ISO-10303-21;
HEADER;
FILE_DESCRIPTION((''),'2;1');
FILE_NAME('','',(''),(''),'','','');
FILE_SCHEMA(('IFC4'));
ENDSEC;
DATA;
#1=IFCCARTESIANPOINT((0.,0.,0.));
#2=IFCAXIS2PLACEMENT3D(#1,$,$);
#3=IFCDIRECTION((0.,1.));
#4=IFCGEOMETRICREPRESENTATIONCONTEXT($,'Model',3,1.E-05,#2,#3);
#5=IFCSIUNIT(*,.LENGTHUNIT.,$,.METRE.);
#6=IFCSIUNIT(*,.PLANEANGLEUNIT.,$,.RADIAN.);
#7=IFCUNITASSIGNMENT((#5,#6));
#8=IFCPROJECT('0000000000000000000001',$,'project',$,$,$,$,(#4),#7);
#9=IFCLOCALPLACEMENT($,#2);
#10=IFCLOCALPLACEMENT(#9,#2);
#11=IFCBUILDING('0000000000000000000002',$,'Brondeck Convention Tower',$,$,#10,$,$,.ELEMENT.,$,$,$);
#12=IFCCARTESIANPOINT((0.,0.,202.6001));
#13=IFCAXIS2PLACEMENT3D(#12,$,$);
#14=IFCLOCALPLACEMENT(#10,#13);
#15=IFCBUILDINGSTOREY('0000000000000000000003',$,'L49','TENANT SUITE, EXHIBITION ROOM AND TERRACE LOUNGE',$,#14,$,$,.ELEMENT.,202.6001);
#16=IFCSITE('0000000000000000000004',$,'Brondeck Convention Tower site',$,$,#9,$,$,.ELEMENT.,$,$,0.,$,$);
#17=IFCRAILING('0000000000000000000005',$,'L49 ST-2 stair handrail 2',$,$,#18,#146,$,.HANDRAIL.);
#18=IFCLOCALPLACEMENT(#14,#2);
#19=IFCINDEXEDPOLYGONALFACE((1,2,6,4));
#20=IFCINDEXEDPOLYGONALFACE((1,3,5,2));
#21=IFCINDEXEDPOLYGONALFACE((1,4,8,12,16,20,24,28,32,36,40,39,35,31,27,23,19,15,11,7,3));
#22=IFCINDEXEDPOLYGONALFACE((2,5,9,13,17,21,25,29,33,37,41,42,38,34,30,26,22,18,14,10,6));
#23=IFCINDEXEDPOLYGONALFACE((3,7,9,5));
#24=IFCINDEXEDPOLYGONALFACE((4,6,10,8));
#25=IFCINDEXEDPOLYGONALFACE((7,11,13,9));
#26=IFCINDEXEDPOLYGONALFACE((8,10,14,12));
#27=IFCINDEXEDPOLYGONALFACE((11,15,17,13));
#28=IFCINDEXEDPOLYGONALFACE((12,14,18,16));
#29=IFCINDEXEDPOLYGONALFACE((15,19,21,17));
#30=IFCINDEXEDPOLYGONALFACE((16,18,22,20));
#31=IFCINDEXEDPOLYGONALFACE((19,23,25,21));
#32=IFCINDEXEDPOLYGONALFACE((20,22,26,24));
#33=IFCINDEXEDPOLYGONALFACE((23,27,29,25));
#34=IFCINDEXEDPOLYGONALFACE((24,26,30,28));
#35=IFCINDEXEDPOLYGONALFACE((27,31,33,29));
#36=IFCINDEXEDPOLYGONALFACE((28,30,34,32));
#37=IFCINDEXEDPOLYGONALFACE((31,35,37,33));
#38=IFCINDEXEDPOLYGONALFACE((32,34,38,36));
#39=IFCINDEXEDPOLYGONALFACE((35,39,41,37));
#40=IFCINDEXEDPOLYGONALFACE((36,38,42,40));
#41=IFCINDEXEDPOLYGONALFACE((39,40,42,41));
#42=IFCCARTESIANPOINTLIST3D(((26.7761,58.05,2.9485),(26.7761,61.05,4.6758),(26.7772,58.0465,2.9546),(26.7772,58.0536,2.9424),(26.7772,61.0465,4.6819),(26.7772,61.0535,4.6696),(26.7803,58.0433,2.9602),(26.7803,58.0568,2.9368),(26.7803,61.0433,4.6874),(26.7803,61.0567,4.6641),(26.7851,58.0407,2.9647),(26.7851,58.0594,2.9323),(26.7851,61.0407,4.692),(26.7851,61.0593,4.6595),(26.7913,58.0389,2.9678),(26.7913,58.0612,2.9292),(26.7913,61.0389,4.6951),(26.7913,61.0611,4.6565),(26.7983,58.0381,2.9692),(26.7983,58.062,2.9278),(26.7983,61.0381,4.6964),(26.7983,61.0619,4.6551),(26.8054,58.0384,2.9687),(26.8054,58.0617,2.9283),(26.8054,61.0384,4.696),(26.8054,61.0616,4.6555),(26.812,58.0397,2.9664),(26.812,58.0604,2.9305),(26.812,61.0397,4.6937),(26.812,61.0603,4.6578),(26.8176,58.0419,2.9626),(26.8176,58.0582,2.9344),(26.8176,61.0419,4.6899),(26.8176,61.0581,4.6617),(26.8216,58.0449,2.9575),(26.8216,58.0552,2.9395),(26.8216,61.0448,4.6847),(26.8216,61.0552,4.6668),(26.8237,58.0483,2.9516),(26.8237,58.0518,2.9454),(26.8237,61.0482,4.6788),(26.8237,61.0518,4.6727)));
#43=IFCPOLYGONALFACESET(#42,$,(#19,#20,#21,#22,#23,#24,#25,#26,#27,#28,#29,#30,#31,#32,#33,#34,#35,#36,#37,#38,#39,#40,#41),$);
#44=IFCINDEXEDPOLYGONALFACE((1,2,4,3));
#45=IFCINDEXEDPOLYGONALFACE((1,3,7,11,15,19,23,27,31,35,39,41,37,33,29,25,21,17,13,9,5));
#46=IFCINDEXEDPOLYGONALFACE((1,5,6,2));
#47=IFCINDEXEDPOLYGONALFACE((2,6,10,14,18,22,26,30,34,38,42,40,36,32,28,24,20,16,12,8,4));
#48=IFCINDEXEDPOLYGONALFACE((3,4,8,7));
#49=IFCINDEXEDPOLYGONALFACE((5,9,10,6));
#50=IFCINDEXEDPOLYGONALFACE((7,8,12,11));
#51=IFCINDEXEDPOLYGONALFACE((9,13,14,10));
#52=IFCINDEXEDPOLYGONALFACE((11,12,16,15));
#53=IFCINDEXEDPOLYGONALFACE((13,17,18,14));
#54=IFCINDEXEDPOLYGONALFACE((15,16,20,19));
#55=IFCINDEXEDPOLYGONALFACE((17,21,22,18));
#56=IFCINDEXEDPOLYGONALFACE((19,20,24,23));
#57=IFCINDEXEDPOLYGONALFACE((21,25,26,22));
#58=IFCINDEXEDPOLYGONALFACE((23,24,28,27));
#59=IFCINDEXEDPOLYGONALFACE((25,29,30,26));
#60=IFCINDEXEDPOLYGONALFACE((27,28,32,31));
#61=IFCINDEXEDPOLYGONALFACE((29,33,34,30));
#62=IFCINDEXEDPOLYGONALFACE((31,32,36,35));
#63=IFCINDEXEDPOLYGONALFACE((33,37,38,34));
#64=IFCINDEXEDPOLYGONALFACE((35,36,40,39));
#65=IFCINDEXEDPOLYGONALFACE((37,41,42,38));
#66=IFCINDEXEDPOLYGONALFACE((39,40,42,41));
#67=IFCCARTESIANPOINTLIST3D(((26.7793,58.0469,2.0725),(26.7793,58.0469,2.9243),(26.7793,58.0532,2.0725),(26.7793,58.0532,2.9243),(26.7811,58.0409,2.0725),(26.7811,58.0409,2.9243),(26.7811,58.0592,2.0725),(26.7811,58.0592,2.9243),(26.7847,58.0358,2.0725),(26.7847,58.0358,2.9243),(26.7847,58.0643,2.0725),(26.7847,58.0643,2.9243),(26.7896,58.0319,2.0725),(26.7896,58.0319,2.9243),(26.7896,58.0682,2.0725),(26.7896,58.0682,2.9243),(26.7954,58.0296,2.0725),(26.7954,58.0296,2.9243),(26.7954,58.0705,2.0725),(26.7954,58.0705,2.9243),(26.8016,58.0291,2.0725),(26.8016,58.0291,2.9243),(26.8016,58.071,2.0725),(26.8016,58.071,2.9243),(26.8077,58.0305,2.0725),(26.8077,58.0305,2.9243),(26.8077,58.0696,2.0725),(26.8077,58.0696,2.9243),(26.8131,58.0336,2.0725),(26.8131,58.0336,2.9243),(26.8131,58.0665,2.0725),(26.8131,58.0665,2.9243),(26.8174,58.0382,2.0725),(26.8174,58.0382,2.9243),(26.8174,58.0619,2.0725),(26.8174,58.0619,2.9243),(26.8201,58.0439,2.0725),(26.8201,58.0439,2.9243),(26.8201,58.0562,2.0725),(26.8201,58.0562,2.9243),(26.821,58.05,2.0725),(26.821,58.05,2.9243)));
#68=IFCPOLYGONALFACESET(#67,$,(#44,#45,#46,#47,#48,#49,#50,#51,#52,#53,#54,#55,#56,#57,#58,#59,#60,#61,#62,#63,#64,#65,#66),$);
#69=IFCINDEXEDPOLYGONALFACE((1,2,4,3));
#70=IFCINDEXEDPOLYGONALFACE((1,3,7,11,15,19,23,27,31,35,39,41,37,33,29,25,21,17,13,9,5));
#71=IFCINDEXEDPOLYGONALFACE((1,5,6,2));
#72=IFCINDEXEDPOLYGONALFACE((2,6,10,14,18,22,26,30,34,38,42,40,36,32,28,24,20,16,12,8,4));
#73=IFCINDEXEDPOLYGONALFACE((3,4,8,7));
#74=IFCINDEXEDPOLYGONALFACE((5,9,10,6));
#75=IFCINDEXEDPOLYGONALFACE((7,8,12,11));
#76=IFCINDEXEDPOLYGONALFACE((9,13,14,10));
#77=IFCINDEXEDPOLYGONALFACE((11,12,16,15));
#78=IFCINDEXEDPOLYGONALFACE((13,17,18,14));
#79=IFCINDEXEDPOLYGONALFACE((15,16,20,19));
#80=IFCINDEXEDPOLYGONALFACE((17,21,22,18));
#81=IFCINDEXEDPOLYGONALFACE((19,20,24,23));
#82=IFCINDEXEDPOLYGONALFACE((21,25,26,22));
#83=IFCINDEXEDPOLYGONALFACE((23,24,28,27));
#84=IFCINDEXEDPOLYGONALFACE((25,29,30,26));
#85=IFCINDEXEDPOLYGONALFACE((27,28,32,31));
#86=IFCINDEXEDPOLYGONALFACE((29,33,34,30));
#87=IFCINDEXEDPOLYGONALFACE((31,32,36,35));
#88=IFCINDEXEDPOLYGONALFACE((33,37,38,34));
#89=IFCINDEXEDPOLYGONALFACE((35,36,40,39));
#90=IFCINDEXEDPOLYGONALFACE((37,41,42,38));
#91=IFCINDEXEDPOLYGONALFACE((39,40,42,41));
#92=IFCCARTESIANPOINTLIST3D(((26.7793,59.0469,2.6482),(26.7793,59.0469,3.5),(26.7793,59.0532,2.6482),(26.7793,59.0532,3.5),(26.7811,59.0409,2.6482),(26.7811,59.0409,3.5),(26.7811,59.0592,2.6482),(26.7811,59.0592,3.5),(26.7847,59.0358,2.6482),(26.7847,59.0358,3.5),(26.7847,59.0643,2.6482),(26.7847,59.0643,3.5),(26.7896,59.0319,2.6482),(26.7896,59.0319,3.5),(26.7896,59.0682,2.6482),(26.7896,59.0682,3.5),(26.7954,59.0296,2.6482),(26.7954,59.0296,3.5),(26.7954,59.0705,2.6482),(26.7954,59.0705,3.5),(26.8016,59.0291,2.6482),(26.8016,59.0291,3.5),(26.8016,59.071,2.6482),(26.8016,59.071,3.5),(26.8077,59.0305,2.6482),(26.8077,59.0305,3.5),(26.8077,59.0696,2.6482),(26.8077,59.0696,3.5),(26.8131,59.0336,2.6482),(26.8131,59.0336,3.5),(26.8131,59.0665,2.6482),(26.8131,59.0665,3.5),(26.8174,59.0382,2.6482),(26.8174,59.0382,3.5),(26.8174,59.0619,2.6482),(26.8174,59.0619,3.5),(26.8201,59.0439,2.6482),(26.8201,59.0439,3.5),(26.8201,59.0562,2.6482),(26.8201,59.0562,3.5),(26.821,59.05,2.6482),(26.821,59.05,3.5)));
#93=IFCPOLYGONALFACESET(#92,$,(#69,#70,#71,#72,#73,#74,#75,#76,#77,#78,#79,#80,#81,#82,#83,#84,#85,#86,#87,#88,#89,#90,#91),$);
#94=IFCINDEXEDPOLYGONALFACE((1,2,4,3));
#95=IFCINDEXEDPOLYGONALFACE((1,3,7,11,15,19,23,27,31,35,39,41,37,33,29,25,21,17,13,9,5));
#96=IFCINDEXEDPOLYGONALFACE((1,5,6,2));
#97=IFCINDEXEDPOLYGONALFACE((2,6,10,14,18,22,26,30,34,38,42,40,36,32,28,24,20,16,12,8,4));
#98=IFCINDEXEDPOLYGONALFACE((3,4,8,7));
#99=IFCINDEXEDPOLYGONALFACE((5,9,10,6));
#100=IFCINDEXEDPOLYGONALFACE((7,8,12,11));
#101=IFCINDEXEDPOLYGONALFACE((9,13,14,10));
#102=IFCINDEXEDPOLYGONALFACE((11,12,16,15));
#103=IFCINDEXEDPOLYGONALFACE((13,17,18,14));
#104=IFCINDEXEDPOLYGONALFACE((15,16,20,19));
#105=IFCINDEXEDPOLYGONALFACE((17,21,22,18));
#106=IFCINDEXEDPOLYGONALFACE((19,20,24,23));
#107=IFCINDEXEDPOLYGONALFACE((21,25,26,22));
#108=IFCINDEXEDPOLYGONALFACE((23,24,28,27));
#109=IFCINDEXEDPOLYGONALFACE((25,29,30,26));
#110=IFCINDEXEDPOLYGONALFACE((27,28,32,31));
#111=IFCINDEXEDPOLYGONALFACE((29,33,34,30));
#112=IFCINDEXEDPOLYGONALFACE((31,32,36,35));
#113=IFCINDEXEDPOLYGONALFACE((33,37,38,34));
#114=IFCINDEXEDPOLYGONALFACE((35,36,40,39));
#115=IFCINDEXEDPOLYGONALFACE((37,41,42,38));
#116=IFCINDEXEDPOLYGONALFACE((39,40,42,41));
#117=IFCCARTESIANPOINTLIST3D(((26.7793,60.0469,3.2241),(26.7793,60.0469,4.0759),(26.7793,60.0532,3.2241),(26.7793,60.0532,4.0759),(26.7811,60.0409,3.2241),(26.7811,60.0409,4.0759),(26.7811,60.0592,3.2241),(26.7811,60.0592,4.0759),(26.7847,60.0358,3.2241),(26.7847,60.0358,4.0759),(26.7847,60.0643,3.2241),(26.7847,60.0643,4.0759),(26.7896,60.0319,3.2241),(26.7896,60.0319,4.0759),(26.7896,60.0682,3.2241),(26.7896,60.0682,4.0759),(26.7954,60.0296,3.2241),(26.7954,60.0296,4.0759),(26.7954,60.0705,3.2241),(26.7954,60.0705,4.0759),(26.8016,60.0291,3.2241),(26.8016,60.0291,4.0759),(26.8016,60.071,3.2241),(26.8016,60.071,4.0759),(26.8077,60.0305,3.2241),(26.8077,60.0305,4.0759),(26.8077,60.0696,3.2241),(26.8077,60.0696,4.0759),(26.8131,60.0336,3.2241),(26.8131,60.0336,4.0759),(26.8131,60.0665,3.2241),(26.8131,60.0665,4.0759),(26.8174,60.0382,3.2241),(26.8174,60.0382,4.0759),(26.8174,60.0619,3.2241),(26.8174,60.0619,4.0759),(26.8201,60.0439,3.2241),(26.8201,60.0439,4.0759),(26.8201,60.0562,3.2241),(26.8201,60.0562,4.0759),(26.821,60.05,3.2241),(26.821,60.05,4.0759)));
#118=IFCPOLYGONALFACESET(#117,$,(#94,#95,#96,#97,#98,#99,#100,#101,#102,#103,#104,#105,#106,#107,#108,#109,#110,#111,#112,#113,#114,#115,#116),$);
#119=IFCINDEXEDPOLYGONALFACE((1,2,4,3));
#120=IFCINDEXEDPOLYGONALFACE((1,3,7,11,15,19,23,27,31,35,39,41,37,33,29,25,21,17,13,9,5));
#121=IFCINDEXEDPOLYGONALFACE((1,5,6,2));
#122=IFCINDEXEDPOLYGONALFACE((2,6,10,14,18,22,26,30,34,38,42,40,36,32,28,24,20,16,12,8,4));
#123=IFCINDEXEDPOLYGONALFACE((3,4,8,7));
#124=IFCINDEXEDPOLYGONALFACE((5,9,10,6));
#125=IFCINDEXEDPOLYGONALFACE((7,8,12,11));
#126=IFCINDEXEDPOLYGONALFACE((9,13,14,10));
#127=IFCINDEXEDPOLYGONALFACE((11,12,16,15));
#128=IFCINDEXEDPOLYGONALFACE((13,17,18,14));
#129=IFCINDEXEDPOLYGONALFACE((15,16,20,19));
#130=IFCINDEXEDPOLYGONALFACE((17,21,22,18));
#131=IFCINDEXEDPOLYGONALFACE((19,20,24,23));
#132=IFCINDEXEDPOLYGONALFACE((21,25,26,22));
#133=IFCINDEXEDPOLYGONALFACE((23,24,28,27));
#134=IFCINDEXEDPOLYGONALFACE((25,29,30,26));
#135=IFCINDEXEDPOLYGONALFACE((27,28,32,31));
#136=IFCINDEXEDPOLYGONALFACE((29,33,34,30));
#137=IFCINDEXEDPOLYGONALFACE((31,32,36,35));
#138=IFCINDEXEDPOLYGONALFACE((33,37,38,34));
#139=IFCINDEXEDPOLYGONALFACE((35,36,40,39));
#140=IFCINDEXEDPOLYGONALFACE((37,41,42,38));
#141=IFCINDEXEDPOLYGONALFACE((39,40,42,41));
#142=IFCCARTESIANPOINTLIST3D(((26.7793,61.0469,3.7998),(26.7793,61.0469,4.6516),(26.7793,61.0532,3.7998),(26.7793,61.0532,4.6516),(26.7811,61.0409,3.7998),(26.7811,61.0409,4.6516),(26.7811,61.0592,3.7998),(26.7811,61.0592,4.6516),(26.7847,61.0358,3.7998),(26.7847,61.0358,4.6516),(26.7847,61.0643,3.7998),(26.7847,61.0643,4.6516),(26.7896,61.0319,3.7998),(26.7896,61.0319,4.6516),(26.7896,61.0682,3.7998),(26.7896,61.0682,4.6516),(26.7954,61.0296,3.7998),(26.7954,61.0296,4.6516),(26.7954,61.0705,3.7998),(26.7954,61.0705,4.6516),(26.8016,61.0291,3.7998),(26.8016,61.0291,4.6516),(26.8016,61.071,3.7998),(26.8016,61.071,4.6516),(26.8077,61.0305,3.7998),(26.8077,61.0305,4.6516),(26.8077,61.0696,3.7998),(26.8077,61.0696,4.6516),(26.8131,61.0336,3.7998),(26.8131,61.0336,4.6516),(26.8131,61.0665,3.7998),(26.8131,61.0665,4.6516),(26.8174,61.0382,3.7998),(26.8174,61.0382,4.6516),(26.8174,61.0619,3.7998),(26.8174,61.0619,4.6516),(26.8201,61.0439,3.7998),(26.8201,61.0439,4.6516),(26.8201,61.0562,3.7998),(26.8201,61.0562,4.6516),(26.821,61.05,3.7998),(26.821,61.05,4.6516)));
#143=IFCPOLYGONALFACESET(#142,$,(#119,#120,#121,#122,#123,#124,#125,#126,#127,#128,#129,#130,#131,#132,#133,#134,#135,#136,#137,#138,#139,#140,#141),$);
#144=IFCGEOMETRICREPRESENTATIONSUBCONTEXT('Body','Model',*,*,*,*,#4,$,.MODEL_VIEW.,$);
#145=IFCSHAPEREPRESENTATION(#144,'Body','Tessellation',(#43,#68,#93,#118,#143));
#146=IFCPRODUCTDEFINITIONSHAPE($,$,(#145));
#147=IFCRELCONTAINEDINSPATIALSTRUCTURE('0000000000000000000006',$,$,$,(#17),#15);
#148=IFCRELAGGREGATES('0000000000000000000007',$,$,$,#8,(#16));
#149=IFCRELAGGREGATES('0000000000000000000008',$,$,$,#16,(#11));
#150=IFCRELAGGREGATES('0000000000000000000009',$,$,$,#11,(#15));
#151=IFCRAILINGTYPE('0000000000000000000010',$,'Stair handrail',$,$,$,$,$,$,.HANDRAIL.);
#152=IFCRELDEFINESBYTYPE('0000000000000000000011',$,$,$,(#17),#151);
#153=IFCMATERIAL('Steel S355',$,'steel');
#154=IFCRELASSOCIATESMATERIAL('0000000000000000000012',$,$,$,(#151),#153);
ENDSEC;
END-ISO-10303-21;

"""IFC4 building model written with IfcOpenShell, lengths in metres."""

from ifc_helpers import new_model, si_unit, direction, frame, origin, origin_2d, place, context, subcontext, project, spatial, circle, extrude, material, type_object, element, save


model = new_model("IFC4")

# Units and contexts
model_context = context("Model", 3, precision=1e-05, world=origin(), true_north=direction((0.0, 1.0)))
body_context = subcontext(model_context, "Body", "Model", "MODEL_VIEW")
ifc_project = project(units=[si_unit("LENGTHUNIT", "METRE"), si_unit("PLANEANGLEUNIT", "RADIAN")], contexts=[model_context])

# Site, building, storey
site_placement = place(None, origin())
site = spatial("IfcSite", under=ifc_project, at=site_placement, Name="Brondeck Convention Tower site", CompositionType="ELEMENT", RefElevation=0.0)
building_placement = place(site_placement, origin())
building = spatial("IfcBuilding", under=site, at=building_placement, Name="Brondeck Convention Tower", CompositionType="ELEMENT")
storey_placement = place(building_placement, frame((0.0, 0.0, 202.6001)))
storey = spatial("IfcBuildingStorey", under=building, at=storey_placement, Name="L49", Description="TENANT SUITE, EXHIBITION ROOM AND TERRACE LOUNGE", CompositionType="ELEMENT", Elevation=202.6001)

# Shared definitions
ifc_material_1 = material(Name="Steel S355", Category="steel")

# Railing
railing_type_1 = type_object("IfcRailingType", Name="Stair handrail", PredefinedType="HANDRAIL", material=ifc_material_1)
railing_1_placement = place(storey_placement, frame((26.8, 58.05, 2.0725)))
element("IfcRailing", 1, at=railing_1_placement, inside=storey, type_object=railing_type_1, Name="L49 ST-2 stair handrail 2", PredefinedType="HANDRAIL", context=body_context, shape_type="SweptSolid", body=[
    extrude(circle(Radius=0.0239, at=origin_2d()), frame((0.0, 0.0, 0.876), z_axis=(0.0, 0.86662, 0.498969), x_axis=(-1.0, 0.0, 0.0)), (0.0, 0.0, 1.0), 3.4617),
    extrude(circle(Radius=0.021, at=origin_2d()), origin(), (0.0, 0.0, 1.0), 0.8518),
    extrude(circle(Radius=0.021, at=origin_2d()), frame((0.0, 1.0, 0.5757)), (0.0, 0.0, 1.0), 0.8518),
    extrude(circle(Radius=0.021, at=origin_2d()), frame((0.0, 2.0, 1.1516)), (0.0, 0.0, 1.0), 0.8518),
    extrude(circle(Radius=0.021, at=origin_2d()), frame((0.0, 3.0, 1.7273)), (0.0, 0.0, 1.0), 0.8518),
])

save(model, "model.ifc")
